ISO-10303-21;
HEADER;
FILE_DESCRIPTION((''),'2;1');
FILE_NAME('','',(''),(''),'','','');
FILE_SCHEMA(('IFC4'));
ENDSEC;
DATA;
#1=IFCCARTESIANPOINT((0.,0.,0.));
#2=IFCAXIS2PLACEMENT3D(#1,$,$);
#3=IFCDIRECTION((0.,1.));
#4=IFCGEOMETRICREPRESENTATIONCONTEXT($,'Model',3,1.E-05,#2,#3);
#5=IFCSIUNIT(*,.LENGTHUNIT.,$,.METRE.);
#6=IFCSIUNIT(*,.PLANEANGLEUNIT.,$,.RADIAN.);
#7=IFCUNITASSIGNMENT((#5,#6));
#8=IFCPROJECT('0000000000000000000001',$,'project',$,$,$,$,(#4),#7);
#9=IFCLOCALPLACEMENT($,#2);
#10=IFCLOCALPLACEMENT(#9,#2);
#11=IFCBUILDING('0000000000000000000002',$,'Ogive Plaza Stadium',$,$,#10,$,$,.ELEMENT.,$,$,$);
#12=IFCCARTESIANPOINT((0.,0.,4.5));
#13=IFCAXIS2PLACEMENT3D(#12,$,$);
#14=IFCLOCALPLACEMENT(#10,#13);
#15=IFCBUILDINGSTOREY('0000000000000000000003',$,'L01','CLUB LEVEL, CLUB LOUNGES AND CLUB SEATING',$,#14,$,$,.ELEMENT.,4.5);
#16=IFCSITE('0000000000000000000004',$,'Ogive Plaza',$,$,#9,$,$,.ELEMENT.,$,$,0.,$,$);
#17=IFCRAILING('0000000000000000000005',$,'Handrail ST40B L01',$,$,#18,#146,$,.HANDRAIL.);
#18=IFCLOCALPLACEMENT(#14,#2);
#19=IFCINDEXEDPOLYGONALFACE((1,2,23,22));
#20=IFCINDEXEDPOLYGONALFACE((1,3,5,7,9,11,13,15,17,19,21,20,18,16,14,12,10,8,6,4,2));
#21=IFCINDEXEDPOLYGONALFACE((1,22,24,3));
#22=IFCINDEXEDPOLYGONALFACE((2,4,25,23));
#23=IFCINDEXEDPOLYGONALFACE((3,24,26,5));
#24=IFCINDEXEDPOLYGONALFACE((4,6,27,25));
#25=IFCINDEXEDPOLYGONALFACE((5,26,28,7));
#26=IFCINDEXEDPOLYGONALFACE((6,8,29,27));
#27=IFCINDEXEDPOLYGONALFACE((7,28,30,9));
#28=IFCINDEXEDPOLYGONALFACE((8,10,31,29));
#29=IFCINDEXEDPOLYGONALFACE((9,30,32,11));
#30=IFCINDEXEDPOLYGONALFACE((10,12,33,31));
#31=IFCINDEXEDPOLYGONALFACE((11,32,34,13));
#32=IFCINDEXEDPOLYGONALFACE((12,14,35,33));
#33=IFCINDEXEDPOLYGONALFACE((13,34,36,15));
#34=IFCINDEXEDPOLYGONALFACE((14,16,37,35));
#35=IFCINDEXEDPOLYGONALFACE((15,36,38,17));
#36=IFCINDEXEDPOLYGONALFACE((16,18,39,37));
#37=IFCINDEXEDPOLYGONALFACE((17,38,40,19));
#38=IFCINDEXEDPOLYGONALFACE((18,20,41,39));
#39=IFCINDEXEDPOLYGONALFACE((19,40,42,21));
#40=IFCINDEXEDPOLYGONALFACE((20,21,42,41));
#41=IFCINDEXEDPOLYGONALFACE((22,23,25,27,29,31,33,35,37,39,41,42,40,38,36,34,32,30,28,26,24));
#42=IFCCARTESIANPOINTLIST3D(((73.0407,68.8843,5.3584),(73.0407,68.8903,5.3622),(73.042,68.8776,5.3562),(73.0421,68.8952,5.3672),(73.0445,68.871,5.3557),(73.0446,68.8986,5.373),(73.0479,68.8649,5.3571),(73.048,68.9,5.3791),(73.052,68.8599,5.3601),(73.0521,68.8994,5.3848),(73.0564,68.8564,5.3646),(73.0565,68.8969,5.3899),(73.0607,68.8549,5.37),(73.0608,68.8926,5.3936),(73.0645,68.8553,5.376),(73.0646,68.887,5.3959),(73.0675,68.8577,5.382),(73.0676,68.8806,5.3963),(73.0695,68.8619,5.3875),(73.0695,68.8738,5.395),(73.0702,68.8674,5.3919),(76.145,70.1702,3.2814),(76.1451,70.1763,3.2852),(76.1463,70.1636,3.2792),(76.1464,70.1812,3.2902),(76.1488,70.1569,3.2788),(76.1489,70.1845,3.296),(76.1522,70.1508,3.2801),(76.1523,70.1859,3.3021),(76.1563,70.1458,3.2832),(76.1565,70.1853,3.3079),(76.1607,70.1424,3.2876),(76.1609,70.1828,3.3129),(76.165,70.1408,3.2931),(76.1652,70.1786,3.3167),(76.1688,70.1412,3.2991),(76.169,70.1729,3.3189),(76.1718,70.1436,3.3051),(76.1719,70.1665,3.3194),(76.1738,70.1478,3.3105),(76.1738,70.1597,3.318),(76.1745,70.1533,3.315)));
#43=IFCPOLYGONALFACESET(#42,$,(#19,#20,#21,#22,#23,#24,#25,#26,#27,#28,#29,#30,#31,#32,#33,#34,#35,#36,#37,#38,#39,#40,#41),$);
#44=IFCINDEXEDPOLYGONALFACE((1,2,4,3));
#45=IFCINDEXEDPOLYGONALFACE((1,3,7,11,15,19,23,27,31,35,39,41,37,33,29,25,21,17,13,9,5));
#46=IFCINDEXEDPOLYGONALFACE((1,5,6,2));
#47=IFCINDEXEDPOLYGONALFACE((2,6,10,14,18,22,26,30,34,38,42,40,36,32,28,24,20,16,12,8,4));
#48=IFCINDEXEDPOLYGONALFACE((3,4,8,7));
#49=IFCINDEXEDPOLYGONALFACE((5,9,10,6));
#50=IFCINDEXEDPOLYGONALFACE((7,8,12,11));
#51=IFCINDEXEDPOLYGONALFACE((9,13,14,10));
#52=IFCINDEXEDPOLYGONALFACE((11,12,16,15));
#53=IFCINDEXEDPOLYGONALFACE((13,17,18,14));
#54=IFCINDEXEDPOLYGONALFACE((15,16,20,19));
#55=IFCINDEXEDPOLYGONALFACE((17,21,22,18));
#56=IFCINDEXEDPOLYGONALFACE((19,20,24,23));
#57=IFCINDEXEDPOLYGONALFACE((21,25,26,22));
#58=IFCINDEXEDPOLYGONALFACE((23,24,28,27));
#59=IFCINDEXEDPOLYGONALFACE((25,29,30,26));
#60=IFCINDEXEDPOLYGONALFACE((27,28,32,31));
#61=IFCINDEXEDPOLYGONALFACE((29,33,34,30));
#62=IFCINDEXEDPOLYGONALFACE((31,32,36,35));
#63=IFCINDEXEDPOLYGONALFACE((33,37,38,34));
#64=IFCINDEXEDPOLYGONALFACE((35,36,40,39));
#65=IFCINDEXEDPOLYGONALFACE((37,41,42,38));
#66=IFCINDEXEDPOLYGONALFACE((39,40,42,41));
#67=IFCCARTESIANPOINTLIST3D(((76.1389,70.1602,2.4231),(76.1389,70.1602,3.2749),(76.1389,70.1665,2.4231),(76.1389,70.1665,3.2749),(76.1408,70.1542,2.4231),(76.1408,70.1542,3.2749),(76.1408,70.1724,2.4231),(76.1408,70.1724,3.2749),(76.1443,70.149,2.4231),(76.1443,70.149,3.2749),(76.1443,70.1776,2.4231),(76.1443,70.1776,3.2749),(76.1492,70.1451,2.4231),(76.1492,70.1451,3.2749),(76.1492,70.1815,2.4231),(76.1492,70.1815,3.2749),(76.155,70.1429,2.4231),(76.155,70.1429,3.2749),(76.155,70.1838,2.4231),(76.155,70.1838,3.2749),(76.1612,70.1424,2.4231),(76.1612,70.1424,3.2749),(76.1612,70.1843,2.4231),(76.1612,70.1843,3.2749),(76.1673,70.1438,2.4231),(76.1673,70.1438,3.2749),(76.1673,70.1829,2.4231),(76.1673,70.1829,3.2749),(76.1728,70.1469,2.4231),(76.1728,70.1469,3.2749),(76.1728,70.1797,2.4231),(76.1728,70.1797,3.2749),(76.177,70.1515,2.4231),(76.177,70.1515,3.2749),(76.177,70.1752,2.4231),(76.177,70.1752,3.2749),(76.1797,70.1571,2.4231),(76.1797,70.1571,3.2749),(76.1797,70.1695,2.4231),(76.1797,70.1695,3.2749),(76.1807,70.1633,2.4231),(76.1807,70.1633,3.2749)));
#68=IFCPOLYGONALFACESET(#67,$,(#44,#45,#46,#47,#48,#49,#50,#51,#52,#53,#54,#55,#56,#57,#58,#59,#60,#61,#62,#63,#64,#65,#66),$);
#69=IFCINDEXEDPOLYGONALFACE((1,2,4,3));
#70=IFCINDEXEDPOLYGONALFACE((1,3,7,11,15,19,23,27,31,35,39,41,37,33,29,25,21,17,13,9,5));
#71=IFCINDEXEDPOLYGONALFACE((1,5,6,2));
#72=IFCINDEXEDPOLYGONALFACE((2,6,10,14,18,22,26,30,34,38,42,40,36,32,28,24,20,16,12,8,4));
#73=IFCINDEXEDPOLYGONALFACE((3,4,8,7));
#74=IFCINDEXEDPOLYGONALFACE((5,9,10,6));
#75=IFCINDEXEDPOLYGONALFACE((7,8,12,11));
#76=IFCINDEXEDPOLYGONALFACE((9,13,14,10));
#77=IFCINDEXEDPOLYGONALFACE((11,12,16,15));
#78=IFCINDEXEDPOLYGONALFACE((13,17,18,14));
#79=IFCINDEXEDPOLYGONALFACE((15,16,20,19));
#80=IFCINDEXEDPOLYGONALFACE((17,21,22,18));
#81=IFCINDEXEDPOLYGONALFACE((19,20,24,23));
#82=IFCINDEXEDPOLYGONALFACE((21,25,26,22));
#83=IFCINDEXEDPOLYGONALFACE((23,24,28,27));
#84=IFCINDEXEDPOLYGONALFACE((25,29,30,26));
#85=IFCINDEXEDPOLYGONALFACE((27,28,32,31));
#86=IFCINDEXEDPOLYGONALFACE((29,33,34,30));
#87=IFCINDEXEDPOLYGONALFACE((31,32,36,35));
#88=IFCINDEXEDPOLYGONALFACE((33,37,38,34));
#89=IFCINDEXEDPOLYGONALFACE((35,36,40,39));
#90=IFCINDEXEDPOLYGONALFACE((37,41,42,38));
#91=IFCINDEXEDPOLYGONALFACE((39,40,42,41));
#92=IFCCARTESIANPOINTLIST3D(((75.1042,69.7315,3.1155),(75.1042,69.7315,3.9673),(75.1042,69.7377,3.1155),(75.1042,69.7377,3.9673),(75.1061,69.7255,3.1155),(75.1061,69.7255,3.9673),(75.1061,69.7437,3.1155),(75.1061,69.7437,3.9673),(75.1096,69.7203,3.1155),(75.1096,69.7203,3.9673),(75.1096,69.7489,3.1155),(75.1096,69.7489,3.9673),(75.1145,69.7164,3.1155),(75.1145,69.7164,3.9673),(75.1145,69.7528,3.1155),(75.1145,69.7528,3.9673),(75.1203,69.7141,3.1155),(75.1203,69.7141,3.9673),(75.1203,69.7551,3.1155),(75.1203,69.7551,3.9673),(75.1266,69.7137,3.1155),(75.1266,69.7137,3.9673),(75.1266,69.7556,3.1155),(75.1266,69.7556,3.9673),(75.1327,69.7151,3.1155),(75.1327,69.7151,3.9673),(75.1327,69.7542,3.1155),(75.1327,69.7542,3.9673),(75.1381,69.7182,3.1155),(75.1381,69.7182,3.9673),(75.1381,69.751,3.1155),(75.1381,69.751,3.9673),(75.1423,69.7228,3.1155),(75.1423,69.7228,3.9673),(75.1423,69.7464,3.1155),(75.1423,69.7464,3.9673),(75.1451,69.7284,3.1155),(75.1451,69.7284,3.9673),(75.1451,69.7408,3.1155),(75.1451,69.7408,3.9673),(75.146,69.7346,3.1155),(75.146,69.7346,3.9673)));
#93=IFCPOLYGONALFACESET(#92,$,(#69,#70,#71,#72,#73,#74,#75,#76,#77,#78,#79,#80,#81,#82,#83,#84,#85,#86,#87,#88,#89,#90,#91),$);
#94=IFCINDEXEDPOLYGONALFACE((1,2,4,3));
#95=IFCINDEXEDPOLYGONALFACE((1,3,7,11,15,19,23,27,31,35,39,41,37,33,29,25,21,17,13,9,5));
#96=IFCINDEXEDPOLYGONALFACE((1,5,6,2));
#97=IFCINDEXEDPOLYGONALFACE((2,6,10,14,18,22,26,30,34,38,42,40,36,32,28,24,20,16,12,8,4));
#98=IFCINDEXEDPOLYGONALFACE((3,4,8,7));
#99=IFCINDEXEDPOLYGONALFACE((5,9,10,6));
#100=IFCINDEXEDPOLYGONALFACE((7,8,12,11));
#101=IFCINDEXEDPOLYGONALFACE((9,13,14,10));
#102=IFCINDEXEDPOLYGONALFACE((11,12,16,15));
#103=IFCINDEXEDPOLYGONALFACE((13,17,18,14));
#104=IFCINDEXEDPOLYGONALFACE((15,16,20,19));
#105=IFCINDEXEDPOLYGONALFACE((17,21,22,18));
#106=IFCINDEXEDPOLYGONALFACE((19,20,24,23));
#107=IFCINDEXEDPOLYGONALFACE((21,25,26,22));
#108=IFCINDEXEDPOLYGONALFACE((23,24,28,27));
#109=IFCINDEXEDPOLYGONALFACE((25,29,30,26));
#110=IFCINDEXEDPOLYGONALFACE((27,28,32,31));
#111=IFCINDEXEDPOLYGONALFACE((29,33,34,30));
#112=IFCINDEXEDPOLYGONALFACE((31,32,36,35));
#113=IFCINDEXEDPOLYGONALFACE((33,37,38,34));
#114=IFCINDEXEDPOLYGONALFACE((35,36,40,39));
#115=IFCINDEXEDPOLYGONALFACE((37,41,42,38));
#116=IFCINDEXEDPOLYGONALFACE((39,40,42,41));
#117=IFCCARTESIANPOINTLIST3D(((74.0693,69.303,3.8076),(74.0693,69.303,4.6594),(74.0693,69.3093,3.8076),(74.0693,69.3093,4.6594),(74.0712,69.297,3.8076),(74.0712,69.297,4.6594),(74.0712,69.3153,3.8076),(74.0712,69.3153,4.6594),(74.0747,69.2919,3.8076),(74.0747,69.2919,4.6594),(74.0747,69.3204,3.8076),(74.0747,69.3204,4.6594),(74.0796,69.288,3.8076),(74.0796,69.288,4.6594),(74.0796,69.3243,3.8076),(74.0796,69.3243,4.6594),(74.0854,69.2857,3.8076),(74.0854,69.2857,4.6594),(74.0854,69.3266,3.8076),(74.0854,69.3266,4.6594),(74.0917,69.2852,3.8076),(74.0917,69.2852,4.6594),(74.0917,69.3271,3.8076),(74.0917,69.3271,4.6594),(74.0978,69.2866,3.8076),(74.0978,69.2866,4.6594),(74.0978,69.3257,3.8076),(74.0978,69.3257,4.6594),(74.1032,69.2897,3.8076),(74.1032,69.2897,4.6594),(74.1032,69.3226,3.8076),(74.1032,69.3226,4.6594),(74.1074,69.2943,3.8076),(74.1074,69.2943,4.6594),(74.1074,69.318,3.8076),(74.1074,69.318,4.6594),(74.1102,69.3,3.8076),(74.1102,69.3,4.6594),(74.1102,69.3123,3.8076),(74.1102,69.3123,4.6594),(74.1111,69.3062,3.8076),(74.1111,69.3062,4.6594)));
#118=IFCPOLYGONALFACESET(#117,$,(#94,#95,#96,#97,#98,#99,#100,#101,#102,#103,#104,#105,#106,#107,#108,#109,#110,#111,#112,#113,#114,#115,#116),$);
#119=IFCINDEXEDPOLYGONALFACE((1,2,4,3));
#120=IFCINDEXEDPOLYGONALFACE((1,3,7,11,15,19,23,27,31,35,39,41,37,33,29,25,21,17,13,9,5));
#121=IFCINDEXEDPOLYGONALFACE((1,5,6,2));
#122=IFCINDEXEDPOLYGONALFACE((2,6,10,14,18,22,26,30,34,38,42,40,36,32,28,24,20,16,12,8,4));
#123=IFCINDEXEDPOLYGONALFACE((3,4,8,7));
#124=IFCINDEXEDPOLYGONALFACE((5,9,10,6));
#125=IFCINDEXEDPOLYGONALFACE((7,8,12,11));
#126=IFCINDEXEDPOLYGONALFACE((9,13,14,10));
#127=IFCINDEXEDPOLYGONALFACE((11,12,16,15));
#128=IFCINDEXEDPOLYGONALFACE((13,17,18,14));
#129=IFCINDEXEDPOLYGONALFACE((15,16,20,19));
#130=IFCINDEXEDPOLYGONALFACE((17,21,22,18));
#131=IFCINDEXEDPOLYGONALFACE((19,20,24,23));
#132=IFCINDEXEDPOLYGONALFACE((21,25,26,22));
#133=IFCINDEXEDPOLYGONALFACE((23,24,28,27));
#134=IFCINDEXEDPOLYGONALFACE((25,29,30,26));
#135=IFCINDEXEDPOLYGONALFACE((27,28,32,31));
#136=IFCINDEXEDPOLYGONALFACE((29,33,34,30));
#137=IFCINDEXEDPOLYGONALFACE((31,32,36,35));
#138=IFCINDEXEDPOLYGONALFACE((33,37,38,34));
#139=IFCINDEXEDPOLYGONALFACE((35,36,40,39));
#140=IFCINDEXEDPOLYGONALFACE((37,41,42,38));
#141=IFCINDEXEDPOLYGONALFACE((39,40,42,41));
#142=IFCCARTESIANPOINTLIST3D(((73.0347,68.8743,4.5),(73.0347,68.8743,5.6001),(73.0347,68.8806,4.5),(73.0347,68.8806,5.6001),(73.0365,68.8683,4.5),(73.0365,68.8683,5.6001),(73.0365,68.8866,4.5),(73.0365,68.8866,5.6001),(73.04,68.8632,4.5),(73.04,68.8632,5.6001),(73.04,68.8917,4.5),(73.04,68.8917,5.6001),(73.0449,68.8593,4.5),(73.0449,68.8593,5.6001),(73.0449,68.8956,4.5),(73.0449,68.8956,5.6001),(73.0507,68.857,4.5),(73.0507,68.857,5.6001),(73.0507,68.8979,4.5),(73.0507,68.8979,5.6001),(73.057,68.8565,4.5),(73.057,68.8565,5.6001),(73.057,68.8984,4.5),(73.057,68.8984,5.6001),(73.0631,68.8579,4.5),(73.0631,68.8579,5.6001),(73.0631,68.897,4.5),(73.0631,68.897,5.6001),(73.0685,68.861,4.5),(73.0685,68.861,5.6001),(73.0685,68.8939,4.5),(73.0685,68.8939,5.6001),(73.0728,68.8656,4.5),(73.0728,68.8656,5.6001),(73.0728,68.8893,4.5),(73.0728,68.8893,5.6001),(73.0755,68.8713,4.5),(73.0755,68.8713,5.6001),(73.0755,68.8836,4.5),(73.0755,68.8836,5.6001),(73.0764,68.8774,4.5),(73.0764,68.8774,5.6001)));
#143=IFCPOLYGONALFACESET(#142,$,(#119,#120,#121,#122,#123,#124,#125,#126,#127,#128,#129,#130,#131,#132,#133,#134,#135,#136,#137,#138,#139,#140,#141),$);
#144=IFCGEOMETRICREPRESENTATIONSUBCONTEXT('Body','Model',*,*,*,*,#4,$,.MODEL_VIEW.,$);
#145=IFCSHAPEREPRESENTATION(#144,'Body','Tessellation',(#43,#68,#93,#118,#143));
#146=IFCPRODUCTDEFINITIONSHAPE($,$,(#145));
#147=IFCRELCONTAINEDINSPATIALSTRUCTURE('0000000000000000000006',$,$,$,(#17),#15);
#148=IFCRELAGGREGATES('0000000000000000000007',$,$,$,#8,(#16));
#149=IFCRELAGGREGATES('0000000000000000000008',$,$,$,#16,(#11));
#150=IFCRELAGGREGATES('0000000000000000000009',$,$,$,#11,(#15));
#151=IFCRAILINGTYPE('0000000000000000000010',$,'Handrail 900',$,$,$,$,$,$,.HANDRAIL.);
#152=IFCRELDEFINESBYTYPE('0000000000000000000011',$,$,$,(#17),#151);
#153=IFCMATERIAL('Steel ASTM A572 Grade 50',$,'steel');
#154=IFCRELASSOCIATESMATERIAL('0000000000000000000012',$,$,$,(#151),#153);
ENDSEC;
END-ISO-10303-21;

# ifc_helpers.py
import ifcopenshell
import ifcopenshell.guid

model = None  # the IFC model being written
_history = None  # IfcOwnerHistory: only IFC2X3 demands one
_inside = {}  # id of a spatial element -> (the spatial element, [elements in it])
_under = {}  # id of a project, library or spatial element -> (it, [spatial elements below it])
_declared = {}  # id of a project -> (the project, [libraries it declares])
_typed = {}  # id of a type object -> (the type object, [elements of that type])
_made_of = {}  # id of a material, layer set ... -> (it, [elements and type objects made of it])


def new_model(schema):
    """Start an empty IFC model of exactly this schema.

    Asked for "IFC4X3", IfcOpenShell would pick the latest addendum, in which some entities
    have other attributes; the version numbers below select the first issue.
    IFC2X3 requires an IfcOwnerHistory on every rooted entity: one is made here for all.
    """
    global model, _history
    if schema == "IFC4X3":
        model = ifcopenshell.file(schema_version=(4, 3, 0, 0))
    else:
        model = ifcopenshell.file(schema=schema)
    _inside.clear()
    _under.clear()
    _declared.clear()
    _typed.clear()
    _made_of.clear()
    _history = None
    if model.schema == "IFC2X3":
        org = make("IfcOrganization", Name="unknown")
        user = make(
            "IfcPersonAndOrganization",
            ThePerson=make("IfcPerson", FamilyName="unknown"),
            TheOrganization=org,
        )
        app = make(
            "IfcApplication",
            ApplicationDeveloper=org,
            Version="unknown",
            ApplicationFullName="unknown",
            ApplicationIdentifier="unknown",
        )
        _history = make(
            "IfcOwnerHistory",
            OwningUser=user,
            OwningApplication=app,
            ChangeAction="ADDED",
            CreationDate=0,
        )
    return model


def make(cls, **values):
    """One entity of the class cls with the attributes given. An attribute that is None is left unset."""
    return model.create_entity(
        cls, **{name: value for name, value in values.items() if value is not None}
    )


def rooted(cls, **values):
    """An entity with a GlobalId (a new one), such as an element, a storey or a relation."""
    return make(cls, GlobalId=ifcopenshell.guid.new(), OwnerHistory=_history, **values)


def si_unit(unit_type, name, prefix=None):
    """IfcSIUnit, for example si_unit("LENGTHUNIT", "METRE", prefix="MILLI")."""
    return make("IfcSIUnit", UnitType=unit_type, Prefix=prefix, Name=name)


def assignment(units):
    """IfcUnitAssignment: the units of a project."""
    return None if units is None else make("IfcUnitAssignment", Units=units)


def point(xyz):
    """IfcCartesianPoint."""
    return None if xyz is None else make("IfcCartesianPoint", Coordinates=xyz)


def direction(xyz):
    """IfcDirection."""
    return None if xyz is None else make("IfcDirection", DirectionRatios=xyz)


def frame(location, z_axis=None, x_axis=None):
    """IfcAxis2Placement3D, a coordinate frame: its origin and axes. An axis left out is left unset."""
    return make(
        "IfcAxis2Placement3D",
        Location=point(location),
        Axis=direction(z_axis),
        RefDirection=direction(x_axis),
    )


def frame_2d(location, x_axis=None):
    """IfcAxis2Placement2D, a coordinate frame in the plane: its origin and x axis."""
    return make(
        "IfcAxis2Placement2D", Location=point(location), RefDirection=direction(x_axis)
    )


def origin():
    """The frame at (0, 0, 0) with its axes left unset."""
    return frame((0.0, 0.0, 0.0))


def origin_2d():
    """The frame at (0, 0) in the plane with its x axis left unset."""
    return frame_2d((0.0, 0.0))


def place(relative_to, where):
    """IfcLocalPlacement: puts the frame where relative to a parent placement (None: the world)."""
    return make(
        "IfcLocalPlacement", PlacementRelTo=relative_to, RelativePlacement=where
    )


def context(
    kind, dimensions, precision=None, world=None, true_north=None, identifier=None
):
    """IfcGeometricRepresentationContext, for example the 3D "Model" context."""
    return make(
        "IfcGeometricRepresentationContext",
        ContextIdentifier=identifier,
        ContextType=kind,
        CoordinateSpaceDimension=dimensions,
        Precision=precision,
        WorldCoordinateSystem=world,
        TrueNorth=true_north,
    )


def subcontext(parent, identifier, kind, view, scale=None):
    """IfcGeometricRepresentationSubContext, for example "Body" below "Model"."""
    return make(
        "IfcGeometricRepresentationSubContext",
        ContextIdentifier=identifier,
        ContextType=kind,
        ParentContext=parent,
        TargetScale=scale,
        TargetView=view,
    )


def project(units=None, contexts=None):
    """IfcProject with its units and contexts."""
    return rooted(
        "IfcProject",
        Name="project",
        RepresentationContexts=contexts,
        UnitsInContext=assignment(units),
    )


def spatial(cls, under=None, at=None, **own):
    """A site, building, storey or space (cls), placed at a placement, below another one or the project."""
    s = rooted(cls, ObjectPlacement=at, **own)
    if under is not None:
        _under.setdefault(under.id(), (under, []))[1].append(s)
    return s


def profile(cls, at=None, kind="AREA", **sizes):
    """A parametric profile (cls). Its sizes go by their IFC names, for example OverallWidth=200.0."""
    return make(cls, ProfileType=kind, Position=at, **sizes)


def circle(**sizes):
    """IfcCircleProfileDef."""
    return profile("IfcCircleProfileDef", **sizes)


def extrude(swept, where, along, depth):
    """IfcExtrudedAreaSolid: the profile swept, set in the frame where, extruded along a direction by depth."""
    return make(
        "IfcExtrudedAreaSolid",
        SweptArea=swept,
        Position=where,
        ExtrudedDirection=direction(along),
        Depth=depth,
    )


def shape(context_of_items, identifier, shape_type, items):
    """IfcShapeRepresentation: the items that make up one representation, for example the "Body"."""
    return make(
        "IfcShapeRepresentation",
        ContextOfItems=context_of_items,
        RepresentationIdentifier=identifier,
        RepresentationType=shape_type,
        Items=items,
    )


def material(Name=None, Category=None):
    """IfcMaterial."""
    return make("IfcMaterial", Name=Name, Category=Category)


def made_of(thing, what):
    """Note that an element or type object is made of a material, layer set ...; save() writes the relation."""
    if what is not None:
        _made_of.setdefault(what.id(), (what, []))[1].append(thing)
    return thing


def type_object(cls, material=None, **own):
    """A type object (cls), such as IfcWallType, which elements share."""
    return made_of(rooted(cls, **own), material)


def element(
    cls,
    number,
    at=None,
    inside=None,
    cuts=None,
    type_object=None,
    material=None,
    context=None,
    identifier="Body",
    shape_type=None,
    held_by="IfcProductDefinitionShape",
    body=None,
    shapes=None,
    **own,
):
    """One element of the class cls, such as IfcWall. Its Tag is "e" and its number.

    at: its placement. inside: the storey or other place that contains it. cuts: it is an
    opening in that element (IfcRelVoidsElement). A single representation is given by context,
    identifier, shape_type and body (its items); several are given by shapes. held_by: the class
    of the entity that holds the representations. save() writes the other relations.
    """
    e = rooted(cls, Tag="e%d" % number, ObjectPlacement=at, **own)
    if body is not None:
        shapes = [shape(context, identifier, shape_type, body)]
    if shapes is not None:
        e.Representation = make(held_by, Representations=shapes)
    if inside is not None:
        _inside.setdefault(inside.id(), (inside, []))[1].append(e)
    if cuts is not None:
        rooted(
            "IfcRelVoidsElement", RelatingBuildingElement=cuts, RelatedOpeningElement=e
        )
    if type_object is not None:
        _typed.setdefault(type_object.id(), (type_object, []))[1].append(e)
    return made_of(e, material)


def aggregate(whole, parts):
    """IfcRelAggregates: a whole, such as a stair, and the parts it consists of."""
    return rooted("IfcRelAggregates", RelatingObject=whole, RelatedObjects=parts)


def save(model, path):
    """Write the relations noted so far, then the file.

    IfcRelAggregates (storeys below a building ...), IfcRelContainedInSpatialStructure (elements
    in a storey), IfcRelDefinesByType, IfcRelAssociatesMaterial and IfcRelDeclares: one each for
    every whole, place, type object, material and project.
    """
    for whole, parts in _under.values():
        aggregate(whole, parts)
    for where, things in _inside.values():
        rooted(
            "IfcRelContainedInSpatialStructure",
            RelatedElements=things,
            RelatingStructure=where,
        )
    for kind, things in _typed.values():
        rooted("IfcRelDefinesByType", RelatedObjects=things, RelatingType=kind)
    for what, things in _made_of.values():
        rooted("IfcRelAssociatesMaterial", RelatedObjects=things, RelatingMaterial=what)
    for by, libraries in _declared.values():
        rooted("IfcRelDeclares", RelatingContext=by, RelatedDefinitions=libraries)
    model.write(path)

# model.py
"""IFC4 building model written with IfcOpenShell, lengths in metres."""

from ifc_helpers import new_model, si_unit, direction, frame, origin, origin_2d, place, context, subcontext, project, spatial, circle, extrude, material, type_object, element, save


model = new_model("IFC4")

# Units and contexts
model_context = context("Model", 3, precision=1e-05, world=origin(), true_north=direction((0.0, 1.0)))
body_context = subcontext(model_context, "Body", "Model", "MODEL_VIEW")
ifc_project = project(units=[si_unit("LENGTHUNIT", "METRE"), si_unit("PLANEANGLEUNIT", "RADIAN")], contexts=[model_context])

# Site, building, storey
site_placement = place(None, origin())
site = spatial("IfcSite", under=ifc_project, at=site_placement, Name="Ogive Plaza", CompositionType="ELEMENT", RefElevation=0.0)
building_placement = place(site_placement, origin())
building = spatial("IfcBuilding", under=site, at=building_placement, Name="Ogive Plaza Stadium", CompositionType="ELEMENT")
storey_placement = place(building_placement, frame((0.0, 0.0, 4.5)))
storey = spatial("IfcBuildingStorey", under=building, at=storey_placement, Name="L01", Description="CLUB LEVEL, CLUB LOUNGES AND CLUB SEATING", CompositionType="ELEMENT", Elevation=4.5)

# Railing
ifc_material_1 = material(Name="Steel ASTM A572 Grade 50", Category="steel")
railing_type_1 = type_object("IfcRailingType", Name="Handrail 900", PredefinedType="HANDRAIL", material=ifc_material_1)
for number, where, name in (
    (1, (76.1597, 70.1633, 2.4231), "Handrail ST40B L01"),
):
    element("IfcRailing", number, at=place(storey_placement, frame(where)), inside=storey, type_object=railing_type_1, Name=name, PredefinedType="HANDRAIL", context=body_context, shape_type="SweptSolid", body=[
        extrude(circle(Radius=0.0239, at=origin_2d()), frame((0.0, 0.0, 0.876), z_axis=(-0.785863, -0.325532, 0.525783), x_axis=(0.3827, -0.923872, 0.0)), (0.0, 0.0, 1.0), 3.9502),
        extrude(circle(Radius=0.021, at=origin_2d()), origin(), (0.0, 0.0, 1.0), 0.8518),
        extrude(circle(Radius=0.021, at=origin_2d()), frame((-1.0347, -0.4287, 0.6924)), (0.0, 0.0, 1.0), 0.8518),
        extrude(circle(Radius=0.021, at=origin_2d()), frame((-2.0696, -0.8572, 1.3845)), (0.0, 0.0, 1.0), 0.8518),
        extrude(circle(Radius=0.021, at=origin_2d()), frame((-3.1042, -1.2859, 2.0769)), (0.0, 0.0, 1.0), 1.1001),
    ])

save(model, "model.ifc")
